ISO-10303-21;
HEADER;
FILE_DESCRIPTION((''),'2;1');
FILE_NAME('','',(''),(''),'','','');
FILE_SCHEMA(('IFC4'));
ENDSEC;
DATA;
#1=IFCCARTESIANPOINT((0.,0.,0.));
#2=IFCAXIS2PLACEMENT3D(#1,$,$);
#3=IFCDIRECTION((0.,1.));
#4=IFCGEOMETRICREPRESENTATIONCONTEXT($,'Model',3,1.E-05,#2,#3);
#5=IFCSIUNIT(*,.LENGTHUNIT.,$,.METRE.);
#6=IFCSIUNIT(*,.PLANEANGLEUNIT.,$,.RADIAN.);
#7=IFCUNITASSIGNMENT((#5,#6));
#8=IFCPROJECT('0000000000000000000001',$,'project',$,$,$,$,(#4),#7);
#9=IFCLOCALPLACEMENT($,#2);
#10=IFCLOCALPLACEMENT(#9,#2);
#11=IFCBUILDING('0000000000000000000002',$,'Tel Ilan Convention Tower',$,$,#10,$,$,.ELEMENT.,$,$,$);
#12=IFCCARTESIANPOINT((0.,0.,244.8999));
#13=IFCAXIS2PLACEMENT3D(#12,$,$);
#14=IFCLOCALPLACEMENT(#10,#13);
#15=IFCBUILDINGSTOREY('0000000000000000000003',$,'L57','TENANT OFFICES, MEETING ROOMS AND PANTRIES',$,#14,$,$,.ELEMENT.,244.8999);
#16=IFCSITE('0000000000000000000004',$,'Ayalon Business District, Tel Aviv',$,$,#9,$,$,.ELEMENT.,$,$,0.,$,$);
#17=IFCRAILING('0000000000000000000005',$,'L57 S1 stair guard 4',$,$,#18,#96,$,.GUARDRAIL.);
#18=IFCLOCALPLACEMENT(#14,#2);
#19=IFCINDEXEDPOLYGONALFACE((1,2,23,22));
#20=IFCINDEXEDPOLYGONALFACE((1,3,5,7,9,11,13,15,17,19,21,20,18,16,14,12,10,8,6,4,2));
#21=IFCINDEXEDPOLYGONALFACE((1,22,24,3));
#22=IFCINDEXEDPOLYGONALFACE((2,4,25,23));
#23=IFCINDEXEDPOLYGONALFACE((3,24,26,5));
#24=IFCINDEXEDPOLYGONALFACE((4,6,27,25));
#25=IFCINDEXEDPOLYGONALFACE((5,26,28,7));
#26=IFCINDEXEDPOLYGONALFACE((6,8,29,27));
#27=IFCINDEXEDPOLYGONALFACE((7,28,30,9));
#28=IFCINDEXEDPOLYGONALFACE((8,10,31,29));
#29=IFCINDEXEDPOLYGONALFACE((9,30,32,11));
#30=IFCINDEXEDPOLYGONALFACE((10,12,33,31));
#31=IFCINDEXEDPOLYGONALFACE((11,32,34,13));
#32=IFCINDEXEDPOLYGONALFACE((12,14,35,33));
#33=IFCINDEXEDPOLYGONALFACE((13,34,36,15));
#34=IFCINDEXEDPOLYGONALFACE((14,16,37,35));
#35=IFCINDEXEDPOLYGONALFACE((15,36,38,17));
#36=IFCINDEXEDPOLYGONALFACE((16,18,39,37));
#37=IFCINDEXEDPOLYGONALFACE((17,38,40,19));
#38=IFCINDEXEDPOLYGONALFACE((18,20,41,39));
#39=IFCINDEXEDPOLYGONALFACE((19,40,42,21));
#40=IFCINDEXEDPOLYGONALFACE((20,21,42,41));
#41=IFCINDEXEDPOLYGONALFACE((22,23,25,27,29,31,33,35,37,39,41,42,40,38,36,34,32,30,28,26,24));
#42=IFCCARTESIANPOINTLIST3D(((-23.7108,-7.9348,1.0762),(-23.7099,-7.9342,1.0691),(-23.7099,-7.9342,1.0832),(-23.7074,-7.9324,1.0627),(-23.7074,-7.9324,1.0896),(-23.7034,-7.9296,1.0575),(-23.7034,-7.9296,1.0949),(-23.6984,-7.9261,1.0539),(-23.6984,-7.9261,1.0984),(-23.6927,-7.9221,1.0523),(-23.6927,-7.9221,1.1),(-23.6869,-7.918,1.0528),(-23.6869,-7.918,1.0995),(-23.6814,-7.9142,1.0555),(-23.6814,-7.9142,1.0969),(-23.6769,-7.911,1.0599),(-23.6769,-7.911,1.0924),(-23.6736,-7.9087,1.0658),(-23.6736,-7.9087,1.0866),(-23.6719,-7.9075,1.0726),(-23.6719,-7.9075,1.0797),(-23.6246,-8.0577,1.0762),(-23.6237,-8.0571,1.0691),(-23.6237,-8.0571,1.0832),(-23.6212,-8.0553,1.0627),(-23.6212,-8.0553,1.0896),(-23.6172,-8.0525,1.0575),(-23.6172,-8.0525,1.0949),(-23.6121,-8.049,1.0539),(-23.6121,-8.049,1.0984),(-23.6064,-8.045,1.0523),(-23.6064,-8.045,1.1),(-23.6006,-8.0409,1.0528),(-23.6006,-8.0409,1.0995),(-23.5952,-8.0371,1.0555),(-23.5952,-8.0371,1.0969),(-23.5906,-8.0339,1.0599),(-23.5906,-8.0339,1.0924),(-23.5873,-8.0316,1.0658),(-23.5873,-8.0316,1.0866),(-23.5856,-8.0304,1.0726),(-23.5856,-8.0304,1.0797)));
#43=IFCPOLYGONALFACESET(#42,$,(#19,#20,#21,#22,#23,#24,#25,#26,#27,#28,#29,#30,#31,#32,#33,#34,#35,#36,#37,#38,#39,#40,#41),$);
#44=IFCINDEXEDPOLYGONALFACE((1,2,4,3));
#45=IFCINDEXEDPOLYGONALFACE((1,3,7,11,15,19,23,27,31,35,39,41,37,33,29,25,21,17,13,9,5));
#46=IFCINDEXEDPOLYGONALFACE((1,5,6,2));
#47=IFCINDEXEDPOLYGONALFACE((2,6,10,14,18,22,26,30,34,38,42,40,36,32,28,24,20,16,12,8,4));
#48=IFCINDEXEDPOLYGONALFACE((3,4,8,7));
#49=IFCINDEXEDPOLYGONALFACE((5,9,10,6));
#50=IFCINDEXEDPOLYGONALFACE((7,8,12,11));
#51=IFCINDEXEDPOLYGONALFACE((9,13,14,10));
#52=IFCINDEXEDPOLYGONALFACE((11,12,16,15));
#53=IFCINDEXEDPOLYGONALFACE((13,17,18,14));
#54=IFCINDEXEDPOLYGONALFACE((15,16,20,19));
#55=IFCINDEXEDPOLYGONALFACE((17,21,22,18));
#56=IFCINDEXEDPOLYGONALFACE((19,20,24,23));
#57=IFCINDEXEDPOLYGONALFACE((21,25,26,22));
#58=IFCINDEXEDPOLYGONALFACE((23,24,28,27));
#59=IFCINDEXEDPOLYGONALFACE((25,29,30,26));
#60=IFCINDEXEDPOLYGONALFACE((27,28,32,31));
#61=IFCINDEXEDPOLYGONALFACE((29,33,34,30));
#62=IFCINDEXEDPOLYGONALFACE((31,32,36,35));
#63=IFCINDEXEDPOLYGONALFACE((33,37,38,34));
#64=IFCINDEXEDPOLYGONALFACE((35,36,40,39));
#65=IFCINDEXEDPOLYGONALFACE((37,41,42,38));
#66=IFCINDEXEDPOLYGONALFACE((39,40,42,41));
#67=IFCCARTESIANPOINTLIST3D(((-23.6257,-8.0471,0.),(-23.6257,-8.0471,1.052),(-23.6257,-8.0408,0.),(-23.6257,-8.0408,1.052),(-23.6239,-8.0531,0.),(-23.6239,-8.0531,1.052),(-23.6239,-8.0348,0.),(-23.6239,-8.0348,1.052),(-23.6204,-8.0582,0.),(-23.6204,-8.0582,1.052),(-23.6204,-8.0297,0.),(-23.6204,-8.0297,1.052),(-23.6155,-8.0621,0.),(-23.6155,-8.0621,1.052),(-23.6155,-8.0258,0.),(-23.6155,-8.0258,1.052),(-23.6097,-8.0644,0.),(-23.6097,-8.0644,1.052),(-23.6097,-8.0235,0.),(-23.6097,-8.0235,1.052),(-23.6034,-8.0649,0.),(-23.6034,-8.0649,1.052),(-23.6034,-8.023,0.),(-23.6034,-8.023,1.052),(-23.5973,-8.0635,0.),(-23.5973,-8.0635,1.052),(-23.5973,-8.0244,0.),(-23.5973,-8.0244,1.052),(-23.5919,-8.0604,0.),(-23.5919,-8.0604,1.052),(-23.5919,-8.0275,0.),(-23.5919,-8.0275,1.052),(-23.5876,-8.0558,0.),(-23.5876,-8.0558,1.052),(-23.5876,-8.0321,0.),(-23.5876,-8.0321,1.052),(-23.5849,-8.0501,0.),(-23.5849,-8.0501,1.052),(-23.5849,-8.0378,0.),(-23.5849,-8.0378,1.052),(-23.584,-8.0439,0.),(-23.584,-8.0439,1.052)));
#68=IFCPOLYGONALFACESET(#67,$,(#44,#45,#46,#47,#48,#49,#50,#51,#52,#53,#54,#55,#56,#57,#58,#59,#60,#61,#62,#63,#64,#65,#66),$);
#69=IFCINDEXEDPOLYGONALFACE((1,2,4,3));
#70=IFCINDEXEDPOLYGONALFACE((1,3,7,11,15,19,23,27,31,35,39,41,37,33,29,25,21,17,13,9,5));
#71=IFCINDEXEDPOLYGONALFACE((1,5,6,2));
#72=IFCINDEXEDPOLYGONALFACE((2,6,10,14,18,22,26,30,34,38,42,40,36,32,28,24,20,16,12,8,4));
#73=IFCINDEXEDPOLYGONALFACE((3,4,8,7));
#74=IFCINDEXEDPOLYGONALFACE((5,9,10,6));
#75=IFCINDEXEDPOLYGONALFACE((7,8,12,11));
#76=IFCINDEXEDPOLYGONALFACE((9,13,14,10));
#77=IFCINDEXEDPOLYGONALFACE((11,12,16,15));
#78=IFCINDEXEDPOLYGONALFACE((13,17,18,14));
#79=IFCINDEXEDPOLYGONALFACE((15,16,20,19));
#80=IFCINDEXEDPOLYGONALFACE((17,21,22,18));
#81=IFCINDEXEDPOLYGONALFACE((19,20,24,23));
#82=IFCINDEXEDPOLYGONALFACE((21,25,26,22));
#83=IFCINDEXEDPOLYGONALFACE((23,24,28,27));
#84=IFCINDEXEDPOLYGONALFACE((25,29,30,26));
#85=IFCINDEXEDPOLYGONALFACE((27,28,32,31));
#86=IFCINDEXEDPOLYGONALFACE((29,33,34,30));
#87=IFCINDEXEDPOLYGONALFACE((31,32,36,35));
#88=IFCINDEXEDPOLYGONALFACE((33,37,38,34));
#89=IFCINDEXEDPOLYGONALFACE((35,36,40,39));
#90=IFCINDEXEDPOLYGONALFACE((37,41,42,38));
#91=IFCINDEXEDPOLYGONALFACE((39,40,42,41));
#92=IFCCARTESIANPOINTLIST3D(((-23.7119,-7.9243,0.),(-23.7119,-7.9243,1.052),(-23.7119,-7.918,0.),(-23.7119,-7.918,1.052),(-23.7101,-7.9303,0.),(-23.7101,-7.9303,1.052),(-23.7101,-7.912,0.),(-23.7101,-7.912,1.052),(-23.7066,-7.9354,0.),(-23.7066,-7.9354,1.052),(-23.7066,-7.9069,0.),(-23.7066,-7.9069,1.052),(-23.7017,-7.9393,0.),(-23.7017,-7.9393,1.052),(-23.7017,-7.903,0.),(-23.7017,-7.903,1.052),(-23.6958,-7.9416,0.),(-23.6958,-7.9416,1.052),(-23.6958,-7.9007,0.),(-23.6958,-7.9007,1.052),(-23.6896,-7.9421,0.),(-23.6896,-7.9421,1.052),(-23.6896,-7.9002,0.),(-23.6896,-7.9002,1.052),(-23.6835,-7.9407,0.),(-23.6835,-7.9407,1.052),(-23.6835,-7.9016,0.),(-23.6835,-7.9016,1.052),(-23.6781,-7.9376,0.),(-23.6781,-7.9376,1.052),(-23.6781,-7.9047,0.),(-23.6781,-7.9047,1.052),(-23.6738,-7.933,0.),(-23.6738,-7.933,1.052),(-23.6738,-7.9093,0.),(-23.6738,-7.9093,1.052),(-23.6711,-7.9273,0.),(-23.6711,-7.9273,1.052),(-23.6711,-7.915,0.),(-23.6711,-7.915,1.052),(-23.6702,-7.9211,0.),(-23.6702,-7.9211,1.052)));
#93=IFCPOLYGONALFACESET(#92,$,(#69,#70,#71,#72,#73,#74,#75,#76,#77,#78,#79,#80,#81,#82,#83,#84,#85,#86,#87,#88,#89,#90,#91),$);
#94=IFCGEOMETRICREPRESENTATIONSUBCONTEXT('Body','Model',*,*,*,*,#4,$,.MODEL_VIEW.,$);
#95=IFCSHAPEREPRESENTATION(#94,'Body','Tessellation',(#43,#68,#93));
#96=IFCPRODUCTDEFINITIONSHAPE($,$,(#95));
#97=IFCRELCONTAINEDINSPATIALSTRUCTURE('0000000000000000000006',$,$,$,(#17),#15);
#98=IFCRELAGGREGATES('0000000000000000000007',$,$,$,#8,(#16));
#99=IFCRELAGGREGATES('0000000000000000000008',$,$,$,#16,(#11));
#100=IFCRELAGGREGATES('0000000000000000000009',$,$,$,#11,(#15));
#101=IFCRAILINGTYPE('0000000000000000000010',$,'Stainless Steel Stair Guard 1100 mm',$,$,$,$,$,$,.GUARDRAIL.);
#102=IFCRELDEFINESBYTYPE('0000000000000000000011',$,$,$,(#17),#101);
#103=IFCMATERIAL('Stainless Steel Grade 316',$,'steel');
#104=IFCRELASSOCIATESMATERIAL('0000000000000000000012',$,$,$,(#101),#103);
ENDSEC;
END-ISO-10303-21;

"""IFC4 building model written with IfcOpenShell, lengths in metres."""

from ifc_helpers import new_model, si_unit, direction, frame, origin, origin_2d, place, context, subcontext, project, spatial, circle, extrude, material, type_object, element, save


model = new_model("IFC4")

# Units and contexts
model_context = context("Model", 3, precision=1e-05, world=origin(), true_north=direction((0.0, 1.0)))
body_context = subcontext(model_context, "Body", "Model", "MODEL_VIEW")
ifc_project = project(units=[si_unit("LENGTHUNIT", "METRE"), si_unit("PLANEANGLEUNIT", "RADIAN")], contexts=[model_context])

# Site, building, storey
site_placement = place(None, origin())
site = spatial("IfcSite", under=ifc_project, at=site_placement, Name="Ayalon Business District, Tel Aviv", CompositionType="ELEMENT", RefElevation=0.0)
building_placement = place(site_placement, origin())
building = spatial("IfcBuilding", under=site, at=building_placement, Name="Tel Ilan Convention Tower", CompositionType="ELEMENT")
storey_placement = place(building_placement, frame((0.0, 0.0, 244.8999)))
storey = spatial("IfcBuildingStorey", under=building, at=storey_placement, Name="L57", Description="TENANT OFFICES, MEETING ROOMS AND PANTRIES", CompositionType="ELEMENT", Elevation=244.8999)

# Railing
ifc_material_1 = material(Name="Stainless Steel Grade 316", Category="steel")
railing_type = type_object("IfcRailingType", Name="Stainless Steel Stair Guard 1100 mm", PredefinedType="GUARDRAIL", material=ifc_material_1)
railing_1_placement = place(storey_placement, frame((-23.605, -8.0439, 0.0)))
element("IfcRailing", 1, at=railing_1_placement, inside=storey, type_object=railing_type, Name="L57 S1 stair guard 4", PredefinedType="GUARDRAIL", context=body_context, shape_type="SweptSolid", body=[
    extrude(circle(Radius=0.0239, at=origin_2d()), frame((0.0, 0.0, 1.0762), z_axis=(-0.574445, 0.818543, 0.0), x_axis=(-0.818543, -0.574445, 0.0)), (0.0, 0.0, 1.0), 0.1501),
    extrude(circle(Radius=0.021, at=origin_2d()), origin(), (0.0, 0.0, 1.0), 1.052),
    extrude(circle(Radius=0.021, at=origin_2d()), frame((-0.0862, 0.1228, 0.0)), (0.0, 0.0, 1.0), 1.052),
])

save(model, "model.ifc")
